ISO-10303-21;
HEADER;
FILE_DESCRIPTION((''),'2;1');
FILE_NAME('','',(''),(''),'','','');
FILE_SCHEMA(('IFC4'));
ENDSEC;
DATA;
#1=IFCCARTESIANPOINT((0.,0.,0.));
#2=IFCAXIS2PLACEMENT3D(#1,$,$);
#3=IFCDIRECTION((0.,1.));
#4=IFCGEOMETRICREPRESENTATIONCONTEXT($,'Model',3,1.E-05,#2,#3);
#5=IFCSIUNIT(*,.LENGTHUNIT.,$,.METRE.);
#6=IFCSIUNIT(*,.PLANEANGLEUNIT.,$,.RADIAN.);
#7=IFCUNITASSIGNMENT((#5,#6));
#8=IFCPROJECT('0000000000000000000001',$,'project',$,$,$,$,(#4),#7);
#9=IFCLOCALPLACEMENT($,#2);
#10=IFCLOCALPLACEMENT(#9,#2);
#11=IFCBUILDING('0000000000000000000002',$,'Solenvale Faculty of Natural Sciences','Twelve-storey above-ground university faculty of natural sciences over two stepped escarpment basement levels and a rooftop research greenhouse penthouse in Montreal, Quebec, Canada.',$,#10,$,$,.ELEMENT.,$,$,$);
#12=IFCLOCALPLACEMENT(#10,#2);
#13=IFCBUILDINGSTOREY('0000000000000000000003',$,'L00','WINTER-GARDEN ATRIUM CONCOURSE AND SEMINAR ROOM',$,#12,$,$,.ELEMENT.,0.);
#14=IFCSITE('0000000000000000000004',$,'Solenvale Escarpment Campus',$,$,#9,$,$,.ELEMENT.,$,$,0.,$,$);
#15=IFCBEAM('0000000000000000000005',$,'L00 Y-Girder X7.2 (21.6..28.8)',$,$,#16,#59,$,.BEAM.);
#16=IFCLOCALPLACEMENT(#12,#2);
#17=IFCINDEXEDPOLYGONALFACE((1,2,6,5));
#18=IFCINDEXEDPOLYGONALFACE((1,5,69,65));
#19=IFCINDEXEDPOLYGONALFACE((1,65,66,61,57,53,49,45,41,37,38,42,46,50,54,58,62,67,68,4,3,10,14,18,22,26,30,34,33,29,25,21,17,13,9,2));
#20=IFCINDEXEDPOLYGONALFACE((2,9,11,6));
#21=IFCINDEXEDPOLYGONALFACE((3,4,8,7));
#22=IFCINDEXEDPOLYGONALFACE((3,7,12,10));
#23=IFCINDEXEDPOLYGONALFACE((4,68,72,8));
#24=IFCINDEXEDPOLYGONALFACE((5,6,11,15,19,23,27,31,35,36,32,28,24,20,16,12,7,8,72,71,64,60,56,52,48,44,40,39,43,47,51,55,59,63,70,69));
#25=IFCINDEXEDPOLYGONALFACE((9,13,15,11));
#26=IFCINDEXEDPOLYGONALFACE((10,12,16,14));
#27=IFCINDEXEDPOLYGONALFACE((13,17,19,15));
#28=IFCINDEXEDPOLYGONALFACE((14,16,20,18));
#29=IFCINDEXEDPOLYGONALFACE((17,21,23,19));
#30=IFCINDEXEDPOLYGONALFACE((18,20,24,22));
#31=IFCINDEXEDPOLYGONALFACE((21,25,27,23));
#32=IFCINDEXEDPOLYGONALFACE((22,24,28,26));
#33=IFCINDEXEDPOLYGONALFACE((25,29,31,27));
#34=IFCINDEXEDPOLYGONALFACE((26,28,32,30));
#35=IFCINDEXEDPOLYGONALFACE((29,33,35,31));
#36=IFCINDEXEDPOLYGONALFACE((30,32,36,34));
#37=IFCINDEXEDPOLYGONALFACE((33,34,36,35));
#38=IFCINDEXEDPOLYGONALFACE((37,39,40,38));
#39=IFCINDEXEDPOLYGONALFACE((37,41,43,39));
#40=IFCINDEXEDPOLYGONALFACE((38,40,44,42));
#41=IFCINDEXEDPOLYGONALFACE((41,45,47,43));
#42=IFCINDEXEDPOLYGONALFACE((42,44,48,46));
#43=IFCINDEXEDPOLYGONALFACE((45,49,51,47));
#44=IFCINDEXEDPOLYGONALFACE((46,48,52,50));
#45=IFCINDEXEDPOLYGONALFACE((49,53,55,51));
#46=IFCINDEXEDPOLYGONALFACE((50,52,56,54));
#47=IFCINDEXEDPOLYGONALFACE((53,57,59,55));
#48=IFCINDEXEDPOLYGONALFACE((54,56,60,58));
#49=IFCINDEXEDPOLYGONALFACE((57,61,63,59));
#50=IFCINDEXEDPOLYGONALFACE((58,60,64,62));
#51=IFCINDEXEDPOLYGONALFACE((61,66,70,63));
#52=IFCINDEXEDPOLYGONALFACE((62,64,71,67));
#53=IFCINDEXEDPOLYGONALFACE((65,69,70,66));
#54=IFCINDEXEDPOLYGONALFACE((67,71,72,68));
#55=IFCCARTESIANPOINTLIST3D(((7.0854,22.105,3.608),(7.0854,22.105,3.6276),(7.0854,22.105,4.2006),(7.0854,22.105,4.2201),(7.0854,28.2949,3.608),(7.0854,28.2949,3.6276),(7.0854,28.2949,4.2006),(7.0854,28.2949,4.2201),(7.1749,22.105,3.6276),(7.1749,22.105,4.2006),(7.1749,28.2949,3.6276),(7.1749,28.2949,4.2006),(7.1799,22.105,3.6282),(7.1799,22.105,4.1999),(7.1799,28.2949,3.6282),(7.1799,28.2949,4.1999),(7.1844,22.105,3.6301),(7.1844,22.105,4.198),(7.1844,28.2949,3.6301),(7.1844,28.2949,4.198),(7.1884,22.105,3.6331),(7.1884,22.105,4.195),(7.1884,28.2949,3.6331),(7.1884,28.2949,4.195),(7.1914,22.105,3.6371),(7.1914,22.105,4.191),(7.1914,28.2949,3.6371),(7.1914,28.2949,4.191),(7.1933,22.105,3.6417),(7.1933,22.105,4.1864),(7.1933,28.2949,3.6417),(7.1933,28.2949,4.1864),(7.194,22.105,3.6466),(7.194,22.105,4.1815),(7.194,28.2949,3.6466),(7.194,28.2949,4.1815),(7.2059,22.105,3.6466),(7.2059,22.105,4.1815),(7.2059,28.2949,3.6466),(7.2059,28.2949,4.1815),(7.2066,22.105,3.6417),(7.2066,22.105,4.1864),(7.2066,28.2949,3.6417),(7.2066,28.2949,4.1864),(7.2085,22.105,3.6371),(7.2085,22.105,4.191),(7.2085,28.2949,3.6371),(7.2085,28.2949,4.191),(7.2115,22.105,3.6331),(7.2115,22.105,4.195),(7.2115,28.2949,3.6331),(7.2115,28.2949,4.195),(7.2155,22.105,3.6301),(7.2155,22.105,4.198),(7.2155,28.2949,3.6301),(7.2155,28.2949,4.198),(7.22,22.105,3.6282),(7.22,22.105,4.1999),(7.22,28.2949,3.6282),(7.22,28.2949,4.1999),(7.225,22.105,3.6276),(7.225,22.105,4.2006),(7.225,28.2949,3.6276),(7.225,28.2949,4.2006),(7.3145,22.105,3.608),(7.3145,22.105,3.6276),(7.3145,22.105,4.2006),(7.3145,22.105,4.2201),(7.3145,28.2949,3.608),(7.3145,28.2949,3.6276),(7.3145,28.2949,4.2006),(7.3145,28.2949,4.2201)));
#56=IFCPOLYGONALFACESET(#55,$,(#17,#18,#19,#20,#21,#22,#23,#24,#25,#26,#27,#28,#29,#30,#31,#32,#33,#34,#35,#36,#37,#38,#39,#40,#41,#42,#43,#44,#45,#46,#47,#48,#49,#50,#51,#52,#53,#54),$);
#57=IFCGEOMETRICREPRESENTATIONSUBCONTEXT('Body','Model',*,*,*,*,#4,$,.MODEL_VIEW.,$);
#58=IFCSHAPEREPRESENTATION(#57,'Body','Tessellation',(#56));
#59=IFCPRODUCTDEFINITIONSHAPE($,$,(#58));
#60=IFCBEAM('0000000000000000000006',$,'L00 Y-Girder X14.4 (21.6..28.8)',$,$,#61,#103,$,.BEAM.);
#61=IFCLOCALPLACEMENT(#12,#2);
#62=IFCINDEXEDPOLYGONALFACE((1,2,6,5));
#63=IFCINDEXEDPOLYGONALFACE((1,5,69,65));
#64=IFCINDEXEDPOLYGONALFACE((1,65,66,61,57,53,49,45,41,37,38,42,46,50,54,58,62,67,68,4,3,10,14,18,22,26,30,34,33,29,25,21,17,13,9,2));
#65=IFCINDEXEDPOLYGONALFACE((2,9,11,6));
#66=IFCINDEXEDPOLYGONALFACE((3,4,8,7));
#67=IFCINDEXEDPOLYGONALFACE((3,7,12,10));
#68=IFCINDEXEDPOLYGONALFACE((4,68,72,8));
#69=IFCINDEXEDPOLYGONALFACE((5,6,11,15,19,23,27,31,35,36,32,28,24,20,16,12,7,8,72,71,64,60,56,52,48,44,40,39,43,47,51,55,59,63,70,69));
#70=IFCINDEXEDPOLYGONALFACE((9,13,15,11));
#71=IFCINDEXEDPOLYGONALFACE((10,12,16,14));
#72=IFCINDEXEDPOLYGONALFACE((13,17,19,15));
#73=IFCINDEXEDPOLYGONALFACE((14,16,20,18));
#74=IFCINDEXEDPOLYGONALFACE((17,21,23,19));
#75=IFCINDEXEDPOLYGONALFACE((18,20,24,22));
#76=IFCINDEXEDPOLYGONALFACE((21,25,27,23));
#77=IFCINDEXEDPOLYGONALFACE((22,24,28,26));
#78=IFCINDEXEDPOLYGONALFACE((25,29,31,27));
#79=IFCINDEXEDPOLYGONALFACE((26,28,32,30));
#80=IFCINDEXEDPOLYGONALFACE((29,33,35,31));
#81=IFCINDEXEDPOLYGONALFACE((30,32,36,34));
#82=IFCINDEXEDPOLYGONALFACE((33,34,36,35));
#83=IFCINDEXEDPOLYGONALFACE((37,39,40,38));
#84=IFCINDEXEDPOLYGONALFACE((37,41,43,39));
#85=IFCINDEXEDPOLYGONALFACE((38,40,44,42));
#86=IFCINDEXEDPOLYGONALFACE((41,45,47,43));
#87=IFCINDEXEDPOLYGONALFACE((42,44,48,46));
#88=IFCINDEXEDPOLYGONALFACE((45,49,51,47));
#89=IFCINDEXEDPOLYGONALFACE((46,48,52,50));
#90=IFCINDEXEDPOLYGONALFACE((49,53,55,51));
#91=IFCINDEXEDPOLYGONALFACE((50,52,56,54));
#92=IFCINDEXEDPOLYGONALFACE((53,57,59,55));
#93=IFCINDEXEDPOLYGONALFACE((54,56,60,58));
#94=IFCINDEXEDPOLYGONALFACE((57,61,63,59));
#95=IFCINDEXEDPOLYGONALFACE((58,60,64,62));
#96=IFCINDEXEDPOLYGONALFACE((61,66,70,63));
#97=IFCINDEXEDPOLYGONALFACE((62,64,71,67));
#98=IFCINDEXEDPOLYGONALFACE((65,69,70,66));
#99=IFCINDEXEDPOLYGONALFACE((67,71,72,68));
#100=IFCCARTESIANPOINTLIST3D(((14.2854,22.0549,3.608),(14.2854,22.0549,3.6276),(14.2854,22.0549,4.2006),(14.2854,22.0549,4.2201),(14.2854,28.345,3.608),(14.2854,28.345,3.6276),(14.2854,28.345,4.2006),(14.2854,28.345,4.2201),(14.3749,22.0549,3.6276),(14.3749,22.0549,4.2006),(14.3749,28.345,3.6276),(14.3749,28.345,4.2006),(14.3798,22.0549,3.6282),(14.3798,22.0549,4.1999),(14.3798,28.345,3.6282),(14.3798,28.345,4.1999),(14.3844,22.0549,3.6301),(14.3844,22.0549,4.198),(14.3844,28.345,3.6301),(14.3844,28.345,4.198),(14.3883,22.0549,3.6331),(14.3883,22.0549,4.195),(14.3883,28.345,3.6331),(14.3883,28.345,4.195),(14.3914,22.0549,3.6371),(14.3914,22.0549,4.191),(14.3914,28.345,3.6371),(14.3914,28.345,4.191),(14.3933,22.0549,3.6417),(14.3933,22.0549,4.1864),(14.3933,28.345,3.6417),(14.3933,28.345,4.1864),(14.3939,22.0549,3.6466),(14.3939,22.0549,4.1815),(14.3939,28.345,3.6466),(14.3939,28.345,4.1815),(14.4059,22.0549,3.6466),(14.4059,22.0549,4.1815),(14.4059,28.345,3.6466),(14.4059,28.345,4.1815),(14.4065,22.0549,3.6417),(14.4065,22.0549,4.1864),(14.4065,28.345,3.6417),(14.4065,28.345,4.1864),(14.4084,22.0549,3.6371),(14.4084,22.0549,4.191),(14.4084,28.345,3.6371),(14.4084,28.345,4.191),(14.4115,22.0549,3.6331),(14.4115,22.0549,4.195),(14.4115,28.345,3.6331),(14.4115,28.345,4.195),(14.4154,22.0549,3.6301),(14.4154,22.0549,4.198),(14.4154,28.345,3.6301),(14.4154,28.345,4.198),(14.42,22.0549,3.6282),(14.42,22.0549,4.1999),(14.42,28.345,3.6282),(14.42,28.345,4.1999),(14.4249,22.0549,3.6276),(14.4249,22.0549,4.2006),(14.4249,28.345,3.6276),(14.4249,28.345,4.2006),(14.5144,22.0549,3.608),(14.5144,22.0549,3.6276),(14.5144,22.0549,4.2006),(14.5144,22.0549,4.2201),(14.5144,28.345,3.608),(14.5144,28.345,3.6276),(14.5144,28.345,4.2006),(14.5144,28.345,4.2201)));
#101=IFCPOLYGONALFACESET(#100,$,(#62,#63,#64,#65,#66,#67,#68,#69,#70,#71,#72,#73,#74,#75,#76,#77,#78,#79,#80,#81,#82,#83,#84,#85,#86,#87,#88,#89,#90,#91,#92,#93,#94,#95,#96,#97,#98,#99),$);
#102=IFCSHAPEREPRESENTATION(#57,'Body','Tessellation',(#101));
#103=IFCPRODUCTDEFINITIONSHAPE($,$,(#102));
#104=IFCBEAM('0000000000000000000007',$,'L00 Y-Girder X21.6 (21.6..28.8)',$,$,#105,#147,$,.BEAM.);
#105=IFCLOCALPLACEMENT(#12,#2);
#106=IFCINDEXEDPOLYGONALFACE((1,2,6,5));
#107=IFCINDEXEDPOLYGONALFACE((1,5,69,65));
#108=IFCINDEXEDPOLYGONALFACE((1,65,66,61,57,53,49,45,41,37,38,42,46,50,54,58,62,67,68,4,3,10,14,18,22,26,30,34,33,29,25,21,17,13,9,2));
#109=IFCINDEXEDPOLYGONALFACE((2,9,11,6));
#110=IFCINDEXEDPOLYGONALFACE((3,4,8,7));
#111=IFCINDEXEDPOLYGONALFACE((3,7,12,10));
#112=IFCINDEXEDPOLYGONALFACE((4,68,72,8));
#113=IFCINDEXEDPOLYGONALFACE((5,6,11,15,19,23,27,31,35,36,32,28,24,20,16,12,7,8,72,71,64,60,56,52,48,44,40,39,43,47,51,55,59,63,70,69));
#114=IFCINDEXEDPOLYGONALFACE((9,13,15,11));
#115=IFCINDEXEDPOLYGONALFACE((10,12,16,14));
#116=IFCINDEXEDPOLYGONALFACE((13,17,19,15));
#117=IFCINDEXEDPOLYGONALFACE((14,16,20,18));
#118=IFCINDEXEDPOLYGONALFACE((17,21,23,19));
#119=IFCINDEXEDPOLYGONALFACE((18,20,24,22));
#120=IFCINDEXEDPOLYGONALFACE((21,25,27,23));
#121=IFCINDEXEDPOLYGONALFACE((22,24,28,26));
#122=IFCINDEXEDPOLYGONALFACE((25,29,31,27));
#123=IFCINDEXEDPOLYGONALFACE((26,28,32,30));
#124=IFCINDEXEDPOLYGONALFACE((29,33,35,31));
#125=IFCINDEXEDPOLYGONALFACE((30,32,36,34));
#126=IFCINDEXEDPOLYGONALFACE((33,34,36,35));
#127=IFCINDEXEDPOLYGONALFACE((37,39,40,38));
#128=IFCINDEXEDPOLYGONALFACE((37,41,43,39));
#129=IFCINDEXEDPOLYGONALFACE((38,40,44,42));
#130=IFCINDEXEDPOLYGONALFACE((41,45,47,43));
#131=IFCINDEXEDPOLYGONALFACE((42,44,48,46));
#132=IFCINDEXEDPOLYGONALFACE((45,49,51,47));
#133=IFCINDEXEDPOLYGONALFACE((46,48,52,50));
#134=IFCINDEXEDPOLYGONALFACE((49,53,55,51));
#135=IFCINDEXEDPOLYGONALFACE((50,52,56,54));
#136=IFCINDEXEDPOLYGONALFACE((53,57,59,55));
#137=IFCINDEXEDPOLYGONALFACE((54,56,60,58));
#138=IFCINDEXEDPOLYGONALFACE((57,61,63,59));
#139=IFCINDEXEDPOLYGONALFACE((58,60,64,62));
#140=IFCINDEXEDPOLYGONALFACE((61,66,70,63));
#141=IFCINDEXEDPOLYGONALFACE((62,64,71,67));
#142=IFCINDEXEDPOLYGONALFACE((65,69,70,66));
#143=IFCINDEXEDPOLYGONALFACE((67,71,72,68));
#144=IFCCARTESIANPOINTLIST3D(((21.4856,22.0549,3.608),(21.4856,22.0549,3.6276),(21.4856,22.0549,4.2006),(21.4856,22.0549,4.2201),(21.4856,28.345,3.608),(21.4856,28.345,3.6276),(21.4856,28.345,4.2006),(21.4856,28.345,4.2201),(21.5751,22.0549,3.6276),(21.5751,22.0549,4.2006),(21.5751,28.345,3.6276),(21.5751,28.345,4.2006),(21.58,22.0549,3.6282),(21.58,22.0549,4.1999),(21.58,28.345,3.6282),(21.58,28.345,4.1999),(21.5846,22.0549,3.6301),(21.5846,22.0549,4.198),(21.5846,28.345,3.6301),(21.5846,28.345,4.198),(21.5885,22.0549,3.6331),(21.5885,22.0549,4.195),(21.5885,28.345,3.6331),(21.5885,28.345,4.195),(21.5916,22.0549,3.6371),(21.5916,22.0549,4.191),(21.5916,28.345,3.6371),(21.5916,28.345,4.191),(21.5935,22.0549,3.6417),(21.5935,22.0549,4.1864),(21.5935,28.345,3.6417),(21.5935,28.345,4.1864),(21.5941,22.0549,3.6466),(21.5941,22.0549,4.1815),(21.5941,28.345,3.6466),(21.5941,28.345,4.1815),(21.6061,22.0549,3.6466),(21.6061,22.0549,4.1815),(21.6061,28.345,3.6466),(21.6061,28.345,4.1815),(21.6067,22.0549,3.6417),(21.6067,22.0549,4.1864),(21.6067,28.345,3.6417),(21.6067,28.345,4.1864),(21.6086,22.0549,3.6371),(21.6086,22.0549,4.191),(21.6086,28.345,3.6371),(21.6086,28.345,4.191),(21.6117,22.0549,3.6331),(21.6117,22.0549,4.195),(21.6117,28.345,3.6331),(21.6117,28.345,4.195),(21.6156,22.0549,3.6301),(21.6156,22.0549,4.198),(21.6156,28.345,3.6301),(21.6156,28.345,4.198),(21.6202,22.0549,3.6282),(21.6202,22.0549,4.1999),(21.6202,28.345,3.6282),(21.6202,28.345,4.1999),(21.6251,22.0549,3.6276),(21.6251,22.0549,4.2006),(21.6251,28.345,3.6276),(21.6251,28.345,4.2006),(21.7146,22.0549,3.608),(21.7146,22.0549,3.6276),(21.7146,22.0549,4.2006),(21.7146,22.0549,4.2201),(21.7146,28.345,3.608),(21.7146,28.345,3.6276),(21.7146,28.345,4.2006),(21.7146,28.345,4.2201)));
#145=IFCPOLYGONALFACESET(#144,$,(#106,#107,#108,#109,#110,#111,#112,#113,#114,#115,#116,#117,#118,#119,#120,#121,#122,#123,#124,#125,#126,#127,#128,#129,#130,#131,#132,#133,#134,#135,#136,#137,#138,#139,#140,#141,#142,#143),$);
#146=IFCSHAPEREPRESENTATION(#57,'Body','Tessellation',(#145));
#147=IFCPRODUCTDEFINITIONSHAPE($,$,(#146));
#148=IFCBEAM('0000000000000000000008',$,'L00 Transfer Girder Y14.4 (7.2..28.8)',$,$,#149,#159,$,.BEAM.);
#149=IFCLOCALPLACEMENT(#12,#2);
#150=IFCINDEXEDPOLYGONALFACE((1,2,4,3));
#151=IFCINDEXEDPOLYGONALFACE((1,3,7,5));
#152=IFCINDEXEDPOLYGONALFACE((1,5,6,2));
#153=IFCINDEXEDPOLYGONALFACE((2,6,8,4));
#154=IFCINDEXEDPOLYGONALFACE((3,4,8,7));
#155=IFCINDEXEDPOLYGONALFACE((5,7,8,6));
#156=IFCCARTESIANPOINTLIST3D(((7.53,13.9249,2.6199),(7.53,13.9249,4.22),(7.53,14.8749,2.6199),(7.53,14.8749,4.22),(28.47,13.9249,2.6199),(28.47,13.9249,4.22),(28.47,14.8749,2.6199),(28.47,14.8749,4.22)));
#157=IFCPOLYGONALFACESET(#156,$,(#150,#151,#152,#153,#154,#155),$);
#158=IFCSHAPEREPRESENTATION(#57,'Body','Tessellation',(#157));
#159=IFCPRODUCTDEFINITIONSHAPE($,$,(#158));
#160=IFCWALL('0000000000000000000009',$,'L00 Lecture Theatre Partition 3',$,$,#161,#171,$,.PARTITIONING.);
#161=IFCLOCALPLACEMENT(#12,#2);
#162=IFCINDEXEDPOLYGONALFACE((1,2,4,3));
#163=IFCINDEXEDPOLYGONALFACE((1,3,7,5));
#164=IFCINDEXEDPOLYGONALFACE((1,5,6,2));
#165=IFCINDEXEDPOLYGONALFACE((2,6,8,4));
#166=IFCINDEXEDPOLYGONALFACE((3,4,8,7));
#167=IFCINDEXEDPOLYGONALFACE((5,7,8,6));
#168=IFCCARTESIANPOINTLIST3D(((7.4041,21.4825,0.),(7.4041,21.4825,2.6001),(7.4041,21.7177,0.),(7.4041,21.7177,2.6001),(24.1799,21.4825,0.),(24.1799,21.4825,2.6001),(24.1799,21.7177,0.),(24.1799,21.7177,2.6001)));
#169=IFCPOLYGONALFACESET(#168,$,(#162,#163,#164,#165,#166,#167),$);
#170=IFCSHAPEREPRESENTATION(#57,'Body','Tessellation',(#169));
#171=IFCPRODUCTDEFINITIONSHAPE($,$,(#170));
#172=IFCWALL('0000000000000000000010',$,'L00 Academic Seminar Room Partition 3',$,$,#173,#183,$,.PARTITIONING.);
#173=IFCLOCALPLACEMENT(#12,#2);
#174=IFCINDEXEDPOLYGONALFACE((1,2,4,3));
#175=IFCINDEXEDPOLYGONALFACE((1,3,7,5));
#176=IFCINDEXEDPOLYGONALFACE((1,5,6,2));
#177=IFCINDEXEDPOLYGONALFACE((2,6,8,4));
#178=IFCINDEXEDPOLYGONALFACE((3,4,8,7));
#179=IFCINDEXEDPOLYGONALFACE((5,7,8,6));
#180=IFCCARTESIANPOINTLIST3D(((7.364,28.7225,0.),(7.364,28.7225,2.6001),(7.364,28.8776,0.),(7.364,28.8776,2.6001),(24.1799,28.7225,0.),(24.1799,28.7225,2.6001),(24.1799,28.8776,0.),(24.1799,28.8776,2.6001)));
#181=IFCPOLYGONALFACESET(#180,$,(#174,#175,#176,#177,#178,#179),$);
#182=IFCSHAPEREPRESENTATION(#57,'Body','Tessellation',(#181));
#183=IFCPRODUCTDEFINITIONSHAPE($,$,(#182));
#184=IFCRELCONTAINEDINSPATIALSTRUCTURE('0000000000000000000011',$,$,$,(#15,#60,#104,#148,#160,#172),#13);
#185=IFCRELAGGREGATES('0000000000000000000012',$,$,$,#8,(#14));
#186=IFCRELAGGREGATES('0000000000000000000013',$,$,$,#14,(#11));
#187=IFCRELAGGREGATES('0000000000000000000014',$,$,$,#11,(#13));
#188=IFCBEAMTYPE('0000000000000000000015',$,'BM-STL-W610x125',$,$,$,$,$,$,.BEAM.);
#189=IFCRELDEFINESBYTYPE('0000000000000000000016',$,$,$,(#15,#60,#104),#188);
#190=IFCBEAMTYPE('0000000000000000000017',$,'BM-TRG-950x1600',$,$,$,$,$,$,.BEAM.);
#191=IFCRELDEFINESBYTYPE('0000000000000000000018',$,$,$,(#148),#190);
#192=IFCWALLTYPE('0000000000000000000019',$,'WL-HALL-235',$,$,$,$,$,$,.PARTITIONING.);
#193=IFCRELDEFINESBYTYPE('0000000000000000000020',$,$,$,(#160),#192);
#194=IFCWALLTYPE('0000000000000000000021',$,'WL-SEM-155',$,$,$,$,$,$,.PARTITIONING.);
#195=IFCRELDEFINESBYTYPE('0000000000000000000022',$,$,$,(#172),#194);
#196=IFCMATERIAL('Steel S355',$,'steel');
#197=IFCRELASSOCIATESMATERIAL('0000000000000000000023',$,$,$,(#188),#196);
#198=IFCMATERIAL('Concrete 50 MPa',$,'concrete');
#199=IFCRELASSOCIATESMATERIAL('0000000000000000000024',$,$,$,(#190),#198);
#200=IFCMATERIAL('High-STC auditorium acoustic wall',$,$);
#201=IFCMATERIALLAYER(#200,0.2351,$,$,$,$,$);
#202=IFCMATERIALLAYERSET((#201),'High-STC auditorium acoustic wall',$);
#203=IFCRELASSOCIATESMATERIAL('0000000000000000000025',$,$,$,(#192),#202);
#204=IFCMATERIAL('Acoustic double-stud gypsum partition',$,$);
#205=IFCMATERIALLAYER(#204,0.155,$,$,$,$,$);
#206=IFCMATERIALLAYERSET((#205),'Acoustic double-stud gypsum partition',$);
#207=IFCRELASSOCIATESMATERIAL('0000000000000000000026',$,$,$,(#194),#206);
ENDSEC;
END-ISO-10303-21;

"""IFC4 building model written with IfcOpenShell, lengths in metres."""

from ifc_helpers import new_model, si_unit, direction, frame, frame_2d, origin, origin_2d, place, context, subcontext, project, spatial, rectangle, i_section, extrude, material, layer, layer_set, material_profile, profile_set, type_object, element, save


model = new_model("IFC4")

# Units and contexts
model_context = context("Model", 3, precision=1e-05, world=origin(), true_north=direction((0.0, 1.0)))
body_context = subcontext(model_context, "Body", "Model", "MODEL_VIEW")
ifc_project = project(units=[si_unit("LENGTHUNIT", "METRE"), si_unit("PLANEANGLEUNIT", "RADIAN")], contexts=[model_context])

# Site, building, storey
site_placement = place(None, origin())
site = spatial("IfcSite", under=ifc_project, at=site_placement, Name="Solenvale Escarpment Campus", CompositionType="ELEMENT", RefElevation=0.0)
building_placement = place(site_placement, origin())
building = spatial("IfcBuilding", under=site, at=building_placement, Name="Solenvale Faculty of Natural Sciences", Description="Twelve-storey above-ground university faculty of natural sciences over two stepped escarpment basement levels and a rooftop research greenhouse penthouse in Montreal, Quebec, Canada.", CompositionType="ELEMENT")
storey_placement = place(building_placement, origin())
storey = spatial("IfcBuildingStorey", under=building, at=storey_placement, Name="L00", Description="WINTER-GARDEN ATRIUM CONCOURSE AND SEMINAR ROOM", CompositionType="ELEMENT", Elevation=0.0)

# Shared definitions
ifc_material_1 = material(Name="Concrete 50 MPa", Category="concrete")

# Beams
ifc_material_2 = material(Name="Steel S355", Category="steel")
ifc_material_profile_1 = material_profile(ifc_material_2, i_section(OverallWidth=0.229, OverallDepth=0.6121, WebThickness=0.012, FlangeThickness=0.0195, FilletRadius=0.019, at=origin_2d()), Name="W610x125")
ifc_profile_set_1 = profile_set([ifc_material_profile_1], Name="Steel S355")
beam_type_1 = type_object("IfcBeamType", Name="BM-STL-W610x125", PredefinedType="BEAM", material=ifc_profile_set_1)
beam_1_placement = place(storey_placement, frame((7.2, 22.105, 3.9141), z_axis=(0.0, 1.0, 0.0), x_axis=(-1.0, 0.0, 0.0)))
element("IfcBeam", 1, at=beam_1_placement, inside=storey, type_object=beam_type_1, Name="L00 Y-Girder X7.2 (21.6..28.8)", PredefinedType="BEAM", context=body_context, shape_type="SweptSolid", body=[
    extrude(i_section(OverallWidth=0.229, OverallDepth=0.6121, WebThickness=0.012, FlangeThickness=0.0195, FilletRadius=0.019, at=origin_2d()), origin(), (0.0, 0.0, 1.0), 6.1899),
])
for number, where, z_axis, x_axis, name in (
    (2, (14.3999, 22.0549, 3.9141), (0.0, 1.0, 0.0), (-1.0, 0.0, 0.0), "L00 Y-Girder X14.4 (21.6..28.8)"),
    (3, (21.6001, 22.0549, 3.9141), (0.0, 1.0, 0.0), (-1.0, 0.0, 0.0), "L00 Y-Girder X21.6 (21.6..28.8)"),
):
    element("IfcBeam", number, at=place(storey_placement, frame(where, z_axis=z_axis, x_axis=x_axis)), inside=storey, type_object=beam_type_1, Name=name, PredefinedType="BEAM", context=body_context, shape_type="SweptSolid", body=[
        extrude(i_section(OverallWidth=0.229, OverallDepth=0.6121, WebThickness=0.012, FlangeThickness=0.0195, FilletRadius=0.019, at=origin_2d()), origin(), (0.0, 0.0, 1.0), 6.29),
    ])
ifc_material_profile_2 = material_profile(ifc_material_1, rectangle(XDim=0.95, YDim=1.6001, at=origin_2d()), Name="RC-TRG-950x1600")
ifc_profile_set_2 = profile_set([ifc_material_profile_2], Name="Concrete 50 MPa")
beam_type_2 = type_object("IfcBeamType", Name="BM-TRG-950x1600", PredefinedType="BEAM", material=ifc_profile_set_2)
beam_2_placement = place(storey_placement, frame((7.53, 14.3999, 3.4199), z_axis=(1.0, 0.0, 0.0), x_axis=(0.0, 1.0, 0.0)))
element("IfcBeam", 4, at=beam_2_placement, inside=storey, type_object=beam_type_2, Name="L00 Transfer Girder Y14.4 (7.2..28.8)", PredefinedType="BEAM", context=body_context, shape_type="SweptSolid", body=[
    extrude(rectangle(XDim=0.95, YDim=1.6001, at=origin_2d()), origin(), (0.0, 0.0, 1.0), 20.9399),
])

# Walls
ifc_material_3 = material(Name="High-STC auditorium acoustic wall")
ifc_layer_1 = layer(ifc_material_3, 0.2351)
ifc_layer_set_1 = layer_set([ifc_layer_1], Name="High-STC auditorium acoustic wall")
wall_type_1 = type_object("IfcWallType", Name="WL-HALL-235", PredefinedType="PARTITIONING", material=ifc_layer_set_1)
wall_1_placement = place(storey_placement, frame((7.4041, 21.6001, 0.0), z_axis=(0.0, 0.0, 1.0), x_axis=(1.0, 0.0, 0.0)))
element("IfcWall", 5, at=wall_1_placement, inside=storey, type_object=wall_type_1, Name="L00 Lecture Theatre Partition 3", PredefinedType="PARTITIONING", context=body_context, shape_type="SweptSolid", body=[
    extrude(rectangle(XDim=16.7759, YDim=0.2351, at=frame_2d((8.3879, 0.0))), origin(), (0.0, 0.0, 1.0), 2.6001),
])
ifc_material_4 = material(Name="Acoustic double-stud gypsum partition")
ifc_layer_2 = layer(ifc_material_4, 0.155)
ifc_layer_set_2 = layer_set([ifc_layer_2], Name="Acoustic double-stud gypsum partition")
wall_type_2 = type_object("IfcWallType", Name="WL-SEM-155", PredefinedType="PARTITIONING", material=ifc_layer_set_2)
wall_2_placement = place(storey_placement, frame((7.364, 28.8, 0.0), z_axis=(0.0, 0.0, 1.0), x_axis=(1.0, 0.0, 0.0)))
element("IfcWall", 6, at=wall_2_placement, inside=storey, type_object=wall_type_2, Name="L00 Academic Seminar Room Partition 3", PredefinedType="PARTITIONING", context=body_context, shape_type="SweptSolid", body=[
    extrude(rectangle(XDim=16.8159, YDim=0.155, at=frame_2d((8.408, 0.0))), origin(), (0.0, 0.0, 1.0), 2.6001),
])

save(model, "model.ifc")
